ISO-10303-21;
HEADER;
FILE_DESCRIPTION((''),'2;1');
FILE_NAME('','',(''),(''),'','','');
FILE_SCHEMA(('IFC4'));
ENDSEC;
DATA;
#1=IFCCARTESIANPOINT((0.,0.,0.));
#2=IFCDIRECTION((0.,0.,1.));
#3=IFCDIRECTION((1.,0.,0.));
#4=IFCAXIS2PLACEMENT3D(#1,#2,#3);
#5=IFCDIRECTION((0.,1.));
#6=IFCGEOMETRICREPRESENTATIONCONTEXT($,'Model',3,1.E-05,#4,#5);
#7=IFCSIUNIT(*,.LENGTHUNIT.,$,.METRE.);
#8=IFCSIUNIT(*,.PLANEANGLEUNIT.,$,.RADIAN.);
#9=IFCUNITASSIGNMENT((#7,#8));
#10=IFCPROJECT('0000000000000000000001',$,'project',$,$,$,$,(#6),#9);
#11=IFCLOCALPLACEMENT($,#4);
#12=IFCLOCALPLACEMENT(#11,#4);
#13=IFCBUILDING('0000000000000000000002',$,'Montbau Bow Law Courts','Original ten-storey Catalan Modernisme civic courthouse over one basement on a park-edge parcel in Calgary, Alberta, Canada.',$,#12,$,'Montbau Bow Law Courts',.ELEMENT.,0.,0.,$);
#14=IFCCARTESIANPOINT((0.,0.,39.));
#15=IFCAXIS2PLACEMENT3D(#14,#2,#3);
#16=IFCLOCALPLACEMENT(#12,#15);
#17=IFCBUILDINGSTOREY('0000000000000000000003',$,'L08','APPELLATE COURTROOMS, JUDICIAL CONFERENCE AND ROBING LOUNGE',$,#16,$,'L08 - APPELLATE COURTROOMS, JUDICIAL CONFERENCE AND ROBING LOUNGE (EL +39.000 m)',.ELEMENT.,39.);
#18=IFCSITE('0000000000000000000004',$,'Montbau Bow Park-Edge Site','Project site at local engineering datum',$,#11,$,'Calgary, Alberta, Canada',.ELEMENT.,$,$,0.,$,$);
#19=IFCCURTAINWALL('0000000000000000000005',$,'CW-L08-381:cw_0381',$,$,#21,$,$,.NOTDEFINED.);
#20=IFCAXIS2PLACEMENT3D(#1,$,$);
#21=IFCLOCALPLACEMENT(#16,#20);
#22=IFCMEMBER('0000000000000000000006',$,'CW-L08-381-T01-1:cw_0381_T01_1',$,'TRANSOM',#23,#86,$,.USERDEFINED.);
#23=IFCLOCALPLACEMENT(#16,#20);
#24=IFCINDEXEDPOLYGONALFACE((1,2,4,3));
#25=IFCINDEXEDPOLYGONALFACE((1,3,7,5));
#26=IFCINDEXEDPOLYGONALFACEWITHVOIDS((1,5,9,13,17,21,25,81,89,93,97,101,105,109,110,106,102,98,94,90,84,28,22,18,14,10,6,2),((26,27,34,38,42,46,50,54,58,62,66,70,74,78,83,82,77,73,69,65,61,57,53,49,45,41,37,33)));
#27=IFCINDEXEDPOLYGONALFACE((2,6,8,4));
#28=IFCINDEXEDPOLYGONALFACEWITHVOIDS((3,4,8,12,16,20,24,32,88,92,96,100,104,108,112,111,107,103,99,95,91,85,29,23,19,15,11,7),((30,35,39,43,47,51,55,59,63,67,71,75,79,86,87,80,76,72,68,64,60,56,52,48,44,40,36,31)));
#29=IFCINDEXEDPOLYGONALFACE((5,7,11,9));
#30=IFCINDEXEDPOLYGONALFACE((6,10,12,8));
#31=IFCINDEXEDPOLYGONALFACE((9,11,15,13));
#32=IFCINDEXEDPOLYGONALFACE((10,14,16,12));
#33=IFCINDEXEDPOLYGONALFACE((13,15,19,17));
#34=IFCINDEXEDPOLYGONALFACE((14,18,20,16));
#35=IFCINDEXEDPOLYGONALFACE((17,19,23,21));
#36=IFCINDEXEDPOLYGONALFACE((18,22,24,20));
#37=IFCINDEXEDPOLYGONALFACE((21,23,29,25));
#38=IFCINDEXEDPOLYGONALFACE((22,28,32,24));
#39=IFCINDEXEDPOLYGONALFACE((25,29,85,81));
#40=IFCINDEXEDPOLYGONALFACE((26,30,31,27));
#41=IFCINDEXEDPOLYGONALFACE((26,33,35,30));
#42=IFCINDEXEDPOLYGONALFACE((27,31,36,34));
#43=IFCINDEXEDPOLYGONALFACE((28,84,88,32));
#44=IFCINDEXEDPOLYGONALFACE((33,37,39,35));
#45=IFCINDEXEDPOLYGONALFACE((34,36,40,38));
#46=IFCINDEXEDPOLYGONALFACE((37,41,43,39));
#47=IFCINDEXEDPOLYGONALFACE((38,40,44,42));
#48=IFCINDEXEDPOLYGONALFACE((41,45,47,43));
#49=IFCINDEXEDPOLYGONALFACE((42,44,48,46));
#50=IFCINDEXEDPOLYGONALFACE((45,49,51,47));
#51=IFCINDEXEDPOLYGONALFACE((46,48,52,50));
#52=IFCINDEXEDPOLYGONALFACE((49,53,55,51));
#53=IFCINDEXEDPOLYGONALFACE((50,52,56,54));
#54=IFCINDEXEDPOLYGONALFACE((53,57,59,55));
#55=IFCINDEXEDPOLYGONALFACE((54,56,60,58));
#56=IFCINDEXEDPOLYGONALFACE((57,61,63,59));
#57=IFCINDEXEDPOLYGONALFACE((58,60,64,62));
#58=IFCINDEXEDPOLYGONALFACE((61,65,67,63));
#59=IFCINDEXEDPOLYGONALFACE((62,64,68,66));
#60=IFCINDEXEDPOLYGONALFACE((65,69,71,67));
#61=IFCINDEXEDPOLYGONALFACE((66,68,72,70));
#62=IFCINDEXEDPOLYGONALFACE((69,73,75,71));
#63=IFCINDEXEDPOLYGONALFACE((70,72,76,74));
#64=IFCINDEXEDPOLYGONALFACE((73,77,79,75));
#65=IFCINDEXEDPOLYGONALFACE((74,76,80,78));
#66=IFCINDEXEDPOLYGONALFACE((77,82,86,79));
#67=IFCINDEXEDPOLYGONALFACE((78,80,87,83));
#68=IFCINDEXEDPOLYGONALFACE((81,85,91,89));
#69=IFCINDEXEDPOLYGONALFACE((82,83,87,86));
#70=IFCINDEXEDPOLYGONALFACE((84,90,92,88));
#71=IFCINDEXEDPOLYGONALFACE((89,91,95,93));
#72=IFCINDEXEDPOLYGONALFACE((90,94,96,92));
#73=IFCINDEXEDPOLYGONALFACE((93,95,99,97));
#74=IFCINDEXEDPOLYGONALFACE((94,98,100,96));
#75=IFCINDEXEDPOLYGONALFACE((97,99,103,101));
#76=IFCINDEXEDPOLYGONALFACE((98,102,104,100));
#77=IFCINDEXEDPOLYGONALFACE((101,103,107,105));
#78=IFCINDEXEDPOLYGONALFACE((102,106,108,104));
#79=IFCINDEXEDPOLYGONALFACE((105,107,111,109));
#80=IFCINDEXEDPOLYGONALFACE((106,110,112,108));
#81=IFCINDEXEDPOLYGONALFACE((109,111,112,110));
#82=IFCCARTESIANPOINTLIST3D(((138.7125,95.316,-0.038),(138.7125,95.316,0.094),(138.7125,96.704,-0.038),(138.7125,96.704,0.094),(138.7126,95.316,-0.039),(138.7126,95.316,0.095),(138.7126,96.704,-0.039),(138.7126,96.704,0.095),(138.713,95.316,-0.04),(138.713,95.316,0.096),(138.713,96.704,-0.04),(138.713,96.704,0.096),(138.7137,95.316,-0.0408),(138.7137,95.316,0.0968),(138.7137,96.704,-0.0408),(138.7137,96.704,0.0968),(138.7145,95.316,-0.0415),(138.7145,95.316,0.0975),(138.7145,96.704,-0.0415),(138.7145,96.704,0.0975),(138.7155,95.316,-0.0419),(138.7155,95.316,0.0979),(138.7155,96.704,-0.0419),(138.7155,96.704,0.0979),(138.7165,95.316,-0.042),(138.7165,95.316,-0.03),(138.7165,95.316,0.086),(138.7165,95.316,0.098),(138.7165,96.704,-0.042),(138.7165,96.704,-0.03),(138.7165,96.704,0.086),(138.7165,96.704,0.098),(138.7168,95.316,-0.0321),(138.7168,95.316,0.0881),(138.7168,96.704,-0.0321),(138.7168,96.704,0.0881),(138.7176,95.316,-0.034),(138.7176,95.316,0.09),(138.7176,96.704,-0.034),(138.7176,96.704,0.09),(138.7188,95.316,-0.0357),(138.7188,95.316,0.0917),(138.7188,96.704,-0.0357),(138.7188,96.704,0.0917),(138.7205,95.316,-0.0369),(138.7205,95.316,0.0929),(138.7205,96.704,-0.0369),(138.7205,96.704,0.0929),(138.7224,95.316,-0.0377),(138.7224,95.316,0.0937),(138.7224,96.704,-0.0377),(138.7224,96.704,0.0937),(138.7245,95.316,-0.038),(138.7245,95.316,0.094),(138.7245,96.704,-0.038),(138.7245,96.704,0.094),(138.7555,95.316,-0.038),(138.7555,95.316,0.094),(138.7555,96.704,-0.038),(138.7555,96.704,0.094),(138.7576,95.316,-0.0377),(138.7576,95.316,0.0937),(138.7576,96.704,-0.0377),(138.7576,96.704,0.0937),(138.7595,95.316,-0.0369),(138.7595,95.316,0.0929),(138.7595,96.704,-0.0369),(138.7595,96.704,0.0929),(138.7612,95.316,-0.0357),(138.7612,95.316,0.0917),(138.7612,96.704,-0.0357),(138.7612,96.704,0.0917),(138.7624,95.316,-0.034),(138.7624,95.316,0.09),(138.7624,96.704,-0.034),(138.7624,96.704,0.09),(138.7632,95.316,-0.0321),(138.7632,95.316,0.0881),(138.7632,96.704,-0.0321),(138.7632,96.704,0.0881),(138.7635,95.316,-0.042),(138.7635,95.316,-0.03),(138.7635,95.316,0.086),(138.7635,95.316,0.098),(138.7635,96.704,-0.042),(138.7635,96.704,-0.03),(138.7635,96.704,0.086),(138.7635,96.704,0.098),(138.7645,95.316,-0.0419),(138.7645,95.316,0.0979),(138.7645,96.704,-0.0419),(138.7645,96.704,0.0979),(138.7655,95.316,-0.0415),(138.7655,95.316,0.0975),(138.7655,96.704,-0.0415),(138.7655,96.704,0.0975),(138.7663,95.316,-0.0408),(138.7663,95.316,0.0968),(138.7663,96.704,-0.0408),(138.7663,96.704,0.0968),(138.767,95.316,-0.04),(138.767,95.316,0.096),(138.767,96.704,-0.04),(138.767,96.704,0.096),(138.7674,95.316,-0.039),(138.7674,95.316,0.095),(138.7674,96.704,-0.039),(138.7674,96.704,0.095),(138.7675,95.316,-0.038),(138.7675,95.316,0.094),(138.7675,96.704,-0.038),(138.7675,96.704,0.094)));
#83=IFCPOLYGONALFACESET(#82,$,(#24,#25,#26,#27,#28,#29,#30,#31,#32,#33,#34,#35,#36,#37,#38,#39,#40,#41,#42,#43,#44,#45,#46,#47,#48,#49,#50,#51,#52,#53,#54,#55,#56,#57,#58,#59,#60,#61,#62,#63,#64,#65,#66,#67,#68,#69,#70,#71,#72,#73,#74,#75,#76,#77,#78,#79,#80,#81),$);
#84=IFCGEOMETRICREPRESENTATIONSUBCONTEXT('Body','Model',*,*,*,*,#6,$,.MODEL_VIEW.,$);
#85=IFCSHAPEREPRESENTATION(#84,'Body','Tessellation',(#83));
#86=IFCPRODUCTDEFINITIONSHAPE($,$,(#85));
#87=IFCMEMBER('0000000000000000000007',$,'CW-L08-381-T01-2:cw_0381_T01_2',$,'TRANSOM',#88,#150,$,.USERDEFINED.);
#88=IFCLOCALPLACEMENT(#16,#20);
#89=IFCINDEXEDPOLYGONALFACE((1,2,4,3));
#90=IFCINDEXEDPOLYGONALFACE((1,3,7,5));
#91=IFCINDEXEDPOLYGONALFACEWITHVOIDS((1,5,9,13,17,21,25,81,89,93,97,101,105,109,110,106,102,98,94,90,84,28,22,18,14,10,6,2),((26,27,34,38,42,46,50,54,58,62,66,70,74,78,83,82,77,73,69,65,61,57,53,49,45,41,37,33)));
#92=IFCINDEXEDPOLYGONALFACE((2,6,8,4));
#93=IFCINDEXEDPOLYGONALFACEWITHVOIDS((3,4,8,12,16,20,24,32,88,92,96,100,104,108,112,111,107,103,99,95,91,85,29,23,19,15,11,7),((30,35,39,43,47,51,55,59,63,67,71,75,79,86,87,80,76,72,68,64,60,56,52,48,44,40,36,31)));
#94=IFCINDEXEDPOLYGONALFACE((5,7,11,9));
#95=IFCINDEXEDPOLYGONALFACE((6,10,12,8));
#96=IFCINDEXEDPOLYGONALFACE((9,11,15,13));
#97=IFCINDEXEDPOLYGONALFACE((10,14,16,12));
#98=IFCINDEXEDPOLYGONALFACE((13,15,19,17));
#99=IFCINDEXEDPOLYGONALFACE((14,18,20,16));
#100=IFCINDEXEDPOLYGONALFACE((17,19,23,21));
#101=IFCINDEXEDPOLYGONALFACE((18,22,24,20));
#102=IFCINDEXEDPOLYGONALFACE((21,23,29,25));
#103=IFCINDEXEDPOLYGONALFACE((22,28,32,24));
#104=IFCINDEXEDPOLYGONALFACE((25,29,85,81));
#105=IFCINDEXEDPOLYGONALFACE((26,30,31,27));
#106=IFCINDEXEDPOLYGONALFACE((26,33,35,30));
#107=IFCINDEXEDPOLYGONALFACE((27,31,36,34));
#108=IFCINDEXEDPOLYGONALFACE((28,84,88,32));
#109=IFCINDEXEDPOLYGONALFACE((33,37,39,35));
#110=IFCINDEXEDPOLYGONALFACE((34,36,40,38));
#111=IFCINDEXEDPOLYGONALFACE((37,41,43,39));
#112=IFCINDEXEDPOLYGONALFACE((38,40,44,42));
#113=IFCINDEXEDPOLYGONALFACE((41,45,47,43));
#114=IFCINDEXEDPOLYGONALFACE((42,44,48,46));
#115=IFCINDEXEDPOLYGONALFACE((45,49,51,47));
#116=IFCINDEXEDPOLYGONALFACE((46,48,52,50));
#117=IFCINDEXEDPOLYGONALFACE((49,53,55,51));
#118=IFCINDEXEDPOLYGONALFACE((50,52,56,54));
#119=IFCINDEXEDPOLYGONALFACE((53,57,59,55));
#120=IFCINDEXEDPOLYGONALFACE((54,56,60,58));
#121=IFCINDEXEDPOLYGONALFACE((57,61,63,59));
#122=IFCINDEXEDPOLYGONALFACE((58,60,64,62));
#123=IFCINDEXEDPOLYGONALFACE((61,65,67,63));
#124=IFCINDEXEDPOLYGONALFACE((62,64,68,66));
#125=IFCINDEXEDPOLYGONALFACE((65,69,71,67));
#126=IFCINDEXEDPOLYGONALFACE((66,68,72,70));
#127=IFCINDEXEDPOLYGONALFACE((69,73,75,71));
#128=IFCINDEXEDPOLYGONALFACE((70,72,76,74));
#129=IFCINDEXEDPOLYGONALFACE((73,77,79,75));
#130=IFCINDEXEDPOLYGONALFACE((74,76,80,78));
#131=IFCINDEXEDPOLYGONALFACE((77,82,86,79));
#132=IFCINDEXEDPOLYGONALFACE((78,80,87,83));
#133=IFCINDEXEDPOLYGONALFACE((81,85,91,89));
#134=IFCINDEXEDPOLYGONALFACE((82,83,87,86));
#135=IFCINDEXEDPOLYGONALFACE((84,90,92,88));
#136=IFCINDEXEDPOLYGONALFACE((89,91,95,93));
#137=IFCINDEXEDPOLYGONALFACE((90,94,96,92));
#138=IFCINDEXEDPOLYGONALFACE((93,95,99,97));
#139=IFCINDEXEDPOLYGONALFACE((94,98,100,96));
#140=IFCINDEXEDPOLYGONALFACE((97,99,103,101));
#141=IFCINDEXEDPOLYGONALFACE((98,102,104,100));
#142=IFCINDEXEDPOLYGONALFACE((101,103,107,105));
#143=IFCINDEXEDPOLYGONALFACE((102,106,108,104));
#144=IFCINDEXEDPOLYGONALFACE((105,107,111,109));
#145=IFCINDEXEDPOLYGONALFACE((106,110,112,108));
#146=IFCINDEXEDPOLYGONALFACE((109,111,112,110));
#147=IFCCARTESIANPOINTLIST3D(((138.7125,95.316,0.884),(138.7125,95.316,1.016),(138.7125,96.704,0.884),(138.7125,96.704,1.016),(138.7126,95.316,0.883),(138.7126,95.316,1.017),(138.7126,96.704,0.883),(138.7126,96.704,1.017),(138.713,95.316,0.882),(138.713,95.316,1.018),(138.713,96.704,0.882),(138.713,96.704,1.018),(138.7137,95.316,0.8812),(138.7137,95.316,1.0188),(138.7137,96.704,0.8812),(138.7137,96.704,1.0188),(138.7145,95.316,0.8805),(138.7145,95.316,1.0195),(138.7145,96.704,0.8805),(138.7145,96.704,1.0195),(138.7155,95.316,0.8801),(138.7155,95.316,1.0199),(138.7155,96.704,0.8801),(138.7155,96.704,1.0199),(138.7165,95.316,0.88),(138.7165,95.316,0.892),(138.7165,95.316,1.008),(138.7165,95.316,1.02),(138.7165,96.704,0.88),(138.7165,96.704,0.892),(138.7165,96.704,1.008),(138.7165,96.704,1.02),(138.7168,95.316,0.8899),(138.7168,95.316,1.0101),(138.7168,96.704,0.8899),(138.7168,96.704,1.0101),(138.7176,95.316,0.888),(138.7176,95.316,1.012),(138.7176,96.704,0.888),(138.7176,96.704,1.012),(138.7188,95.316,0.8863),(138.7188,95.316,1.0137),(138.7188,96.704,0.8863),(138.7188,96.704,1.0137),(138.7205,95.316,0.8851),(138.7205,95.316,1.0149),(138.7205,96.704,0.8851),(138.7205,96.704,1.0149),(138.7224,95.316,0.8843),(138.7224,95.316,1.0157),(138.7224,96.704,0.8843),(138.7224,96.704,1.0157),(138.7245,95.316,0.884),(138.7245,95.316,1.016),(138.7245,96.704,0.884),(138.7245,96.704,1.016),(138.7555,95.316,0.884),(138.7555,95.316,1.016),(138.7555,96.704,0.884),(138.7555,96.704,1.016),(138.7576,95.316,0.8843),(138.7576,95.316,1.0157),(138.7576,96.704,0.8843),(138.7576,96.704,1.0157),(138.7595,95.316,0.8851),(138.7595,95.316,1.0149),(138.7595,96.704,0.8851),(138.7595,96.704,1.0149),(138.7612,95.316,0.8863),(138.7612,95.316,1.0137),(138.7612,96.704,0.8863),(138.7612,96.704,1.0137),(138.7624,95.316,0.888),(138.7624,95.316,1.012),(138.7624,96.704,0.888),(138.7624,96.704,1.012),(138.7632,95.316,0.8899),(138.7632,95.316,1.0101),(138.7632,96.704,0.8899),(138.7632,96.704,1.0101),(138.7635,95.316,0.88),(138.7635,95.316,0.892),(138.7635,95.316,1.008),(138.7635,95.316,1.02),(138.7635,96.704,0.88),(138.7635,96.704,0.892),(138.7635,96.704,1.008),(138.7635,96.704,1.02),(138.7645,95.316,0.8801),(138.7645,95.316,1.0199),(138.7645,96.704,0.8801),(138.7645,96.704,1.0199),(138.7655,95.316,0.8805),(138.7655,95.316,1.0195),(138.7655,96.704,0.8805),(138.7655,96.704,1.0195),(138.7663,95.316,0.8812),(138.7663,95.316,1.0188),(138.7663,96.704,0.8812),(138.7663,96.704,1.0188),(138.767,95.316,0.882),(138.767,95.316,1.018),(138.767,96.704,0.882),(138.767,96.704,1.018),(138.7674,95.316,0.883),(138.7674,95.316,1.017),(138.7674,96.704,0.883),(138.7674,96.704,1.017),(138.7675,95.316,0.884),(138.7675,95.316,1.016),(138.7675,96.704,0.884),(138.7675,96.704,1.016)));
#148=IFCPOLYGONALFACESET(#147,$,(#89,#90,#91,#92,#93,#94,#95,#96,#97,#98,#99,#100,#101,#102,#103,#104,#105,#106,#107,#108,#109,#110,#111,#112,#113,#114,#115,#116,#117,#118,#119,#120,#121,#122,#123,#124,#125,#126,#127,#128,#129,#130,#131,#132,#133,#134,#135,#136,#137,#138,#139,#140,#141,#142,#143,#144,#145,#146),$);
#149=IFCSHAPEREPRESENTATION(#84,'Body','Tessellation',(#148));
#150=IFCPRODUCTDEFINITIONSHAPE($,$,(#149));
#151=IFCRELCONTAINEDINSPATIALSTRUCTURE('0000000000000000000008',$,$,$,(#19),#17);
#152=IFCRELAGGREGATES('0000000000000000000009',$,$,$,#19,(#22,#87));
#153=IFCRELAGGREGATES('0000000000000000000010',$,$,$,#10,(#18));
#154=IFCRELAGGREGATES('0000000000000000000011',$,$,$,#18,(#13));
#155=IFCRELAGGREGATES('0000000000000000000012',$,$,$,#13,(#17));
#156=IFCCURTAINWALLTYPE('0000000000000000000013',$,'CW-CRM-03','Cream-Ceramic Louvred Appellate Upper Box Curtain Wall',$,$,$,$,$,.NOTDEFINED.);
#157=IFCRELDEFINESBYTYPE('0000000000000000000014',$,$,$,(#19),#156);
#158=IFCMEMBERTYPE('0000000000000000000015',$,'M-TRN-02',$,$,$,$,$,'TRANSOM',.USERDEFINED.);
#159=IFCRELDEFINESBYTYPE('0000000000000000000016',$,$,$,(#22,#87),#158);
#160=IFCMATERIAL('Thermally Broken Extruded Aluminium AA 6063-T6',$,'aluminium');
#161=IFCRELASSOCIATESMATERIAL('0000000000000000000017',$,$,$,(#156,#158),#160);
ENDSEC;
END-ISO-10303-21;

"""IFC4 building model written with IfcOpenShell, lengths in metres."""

from ifc_helpers import new_model, si_unit, direction, frame, origin_with_axes, origin_2d_with_axis, place, context, subcontext, project, spatial, hollow_rectangle, extrude, material, material_profile, profile_set, type_object, element, aggregate, save


model = new_model("IFC4")

# Units and contexts
model_context = context("Model", 3, precision=1e-05, world=origin_with_axes(), true_north=direction((0.0, 1.0)))
body_context = subcontext(model_context, "Body", "Model", "MODEL_VIEW")
ifc_project = project(units=[si_unit("LENGTHUNIT", "METRE"), si_unit("PLANEANGLEUNIT", "RADIAN")], contexts=[model_context])

# Site, building, storey
site_placement = place(None, origin_with_axes())
site = spatial("IfcSite", under=ifc_project, at=site_placement, Name="Montbau Bow Park-Edge Site", Description="Project site at local engineering datum", LongName="Calgary, Alberta, Canada", CompositionType="ELEMENT", RefElevation=0.0)
building_placement = place(site_placement, origin_with_axes())
building = spatial("IfcBuilding", under=site, at=building_placement, Name="Montbau Bow Law Courts", Description="Original ten-storey Catalan Modernisme civic courthouse over one basement on a park-edge parcel in Calgary, Alberta, Canada.", LongName="Montbau Bow Law Courts", CompositionType="ELEMENT", ElevationOfRefHeight=0.0, ElevationOfTerrain=0.0)
storey_placement = place(building_placement, frame((0.0, 0.0, 39.0), z_axis=(0.0, 0.0, 1.0), x_axis=(1.0, 0.0, 0.0)))
storey = spatial("IfcBuildingStorey", under=building, at=storey_placement, Name="L08", Description="APPELLATE COURTROOMS, JUDICIAL CONFERENCE AND ROBING LOUNGE", LongName="L08 - APPELLATE COURTROOMS, JUDICIAL CONFERENCE AND ROBING LOUNGE (EL +39.000 m)", CompositionType="ELEMENT", Elevation=39.0)

# Curtain wall
ifc_material_1 = material(Name="Thermally Broken Extruded Aluminium AA 6063-T6", Category="aluminium")
curtain_wall_type = type_object("IfcCurtainWallType", Name="CW-CRM-03", Description="Cream-Ceramic Louvred Appellate Upper Box Curtain Wall", PredefinedType="NOTDEFINED", material=ifc_material_1)
curtain_wall_1_placement = place(None, frame((138.74, 95.24, 39.0), z_axis=(0.0, 0.0, 1.0), x_axis=(1.0, 0.0, 0.0)))
curtain_wall_1 = element("IfcCurtainWall", 1, at=curtain_wall_1_placement, inside=storey, type_object=curtain_wall_type, Name="CW-L08-381:cw_0381", PredefinedType="NOTDEFINED")

# Members
ifc_material_profile_1 = material_profile(ifc_material_1, hollow_rectangle(XDim=0.055, YDim=0.14, WallThickness=0.004, InnerFilletRadius=0.008, OuterFilletRadius=0.004, at=origin_2d_with_axis()), Name="CWT-140X55", Category="Main", Priority=0)
ifc_profile_set_1 = profile_set([ifc_material_profile_1], Name="Thermally Broken Extruded Aluminium AA 6063-T6")
member_type_1 = type_object("IfcMemberType", Name="M-TRN-02", ElementType="TRANSOM", PredefinedType="USERDEFINED", material=ifc_profile_set_1)
member_1_placement = place(None, frame((138.74, 95.316, 39.028), z_axis=(0.0, 1.0, 0.0), x_axis=(-1.0, 0.0, 0.0)))
member_1 = element("IfcMember", 2, at=member_1_placement, type_object=member_type_1, Name="CW-L08-381-T01-1:cw_0381_T01_1", ObjectType="TRANSOM", PredefinedType="USERDEFINED", context=body_context, shape_type="SweptSolid", body=[
    extrude(hollow_rectangle(XDim=0.055, YDim=0.14, WallThickness=0.004, InnerFilletRadius=0.008, OuterFilletRadius=0.004, at=origin_2d_with_axis()), origin_with_axes(), (0.0, 0.0, 1.0), 1.388),
])
member_2_placement = place(None, frame((138.74, 95.316, 39.95), z_axis=(0.0, 1.0, 0.0), x_axis=(-1.0, 0.0, 0.0)))
member_2 = element("IfcMember", 3, at=member_2_placement, type_object=member_type_1, Name="CW-L08-381-T01-2:cw_0381_T01_2", ObjectType="TRANSOM", PredefinedType="USERDEFINED", context=body_context, shape_type="SweptSolid", body=[
    extrude(hollow_rectangle(XDim=0.055, YDim=0.14, WallThickness=0.004, InnerFilletRadius=0.008, OuterFilletRadius=0.004, at=origin_2d_with_axis()), origin_with_axes(), (0.0, 0.0, 1.0), 1.388),
])

aggregate(curtain_wall_1, [member_1, member_2])

save(model, "model.ifc")
